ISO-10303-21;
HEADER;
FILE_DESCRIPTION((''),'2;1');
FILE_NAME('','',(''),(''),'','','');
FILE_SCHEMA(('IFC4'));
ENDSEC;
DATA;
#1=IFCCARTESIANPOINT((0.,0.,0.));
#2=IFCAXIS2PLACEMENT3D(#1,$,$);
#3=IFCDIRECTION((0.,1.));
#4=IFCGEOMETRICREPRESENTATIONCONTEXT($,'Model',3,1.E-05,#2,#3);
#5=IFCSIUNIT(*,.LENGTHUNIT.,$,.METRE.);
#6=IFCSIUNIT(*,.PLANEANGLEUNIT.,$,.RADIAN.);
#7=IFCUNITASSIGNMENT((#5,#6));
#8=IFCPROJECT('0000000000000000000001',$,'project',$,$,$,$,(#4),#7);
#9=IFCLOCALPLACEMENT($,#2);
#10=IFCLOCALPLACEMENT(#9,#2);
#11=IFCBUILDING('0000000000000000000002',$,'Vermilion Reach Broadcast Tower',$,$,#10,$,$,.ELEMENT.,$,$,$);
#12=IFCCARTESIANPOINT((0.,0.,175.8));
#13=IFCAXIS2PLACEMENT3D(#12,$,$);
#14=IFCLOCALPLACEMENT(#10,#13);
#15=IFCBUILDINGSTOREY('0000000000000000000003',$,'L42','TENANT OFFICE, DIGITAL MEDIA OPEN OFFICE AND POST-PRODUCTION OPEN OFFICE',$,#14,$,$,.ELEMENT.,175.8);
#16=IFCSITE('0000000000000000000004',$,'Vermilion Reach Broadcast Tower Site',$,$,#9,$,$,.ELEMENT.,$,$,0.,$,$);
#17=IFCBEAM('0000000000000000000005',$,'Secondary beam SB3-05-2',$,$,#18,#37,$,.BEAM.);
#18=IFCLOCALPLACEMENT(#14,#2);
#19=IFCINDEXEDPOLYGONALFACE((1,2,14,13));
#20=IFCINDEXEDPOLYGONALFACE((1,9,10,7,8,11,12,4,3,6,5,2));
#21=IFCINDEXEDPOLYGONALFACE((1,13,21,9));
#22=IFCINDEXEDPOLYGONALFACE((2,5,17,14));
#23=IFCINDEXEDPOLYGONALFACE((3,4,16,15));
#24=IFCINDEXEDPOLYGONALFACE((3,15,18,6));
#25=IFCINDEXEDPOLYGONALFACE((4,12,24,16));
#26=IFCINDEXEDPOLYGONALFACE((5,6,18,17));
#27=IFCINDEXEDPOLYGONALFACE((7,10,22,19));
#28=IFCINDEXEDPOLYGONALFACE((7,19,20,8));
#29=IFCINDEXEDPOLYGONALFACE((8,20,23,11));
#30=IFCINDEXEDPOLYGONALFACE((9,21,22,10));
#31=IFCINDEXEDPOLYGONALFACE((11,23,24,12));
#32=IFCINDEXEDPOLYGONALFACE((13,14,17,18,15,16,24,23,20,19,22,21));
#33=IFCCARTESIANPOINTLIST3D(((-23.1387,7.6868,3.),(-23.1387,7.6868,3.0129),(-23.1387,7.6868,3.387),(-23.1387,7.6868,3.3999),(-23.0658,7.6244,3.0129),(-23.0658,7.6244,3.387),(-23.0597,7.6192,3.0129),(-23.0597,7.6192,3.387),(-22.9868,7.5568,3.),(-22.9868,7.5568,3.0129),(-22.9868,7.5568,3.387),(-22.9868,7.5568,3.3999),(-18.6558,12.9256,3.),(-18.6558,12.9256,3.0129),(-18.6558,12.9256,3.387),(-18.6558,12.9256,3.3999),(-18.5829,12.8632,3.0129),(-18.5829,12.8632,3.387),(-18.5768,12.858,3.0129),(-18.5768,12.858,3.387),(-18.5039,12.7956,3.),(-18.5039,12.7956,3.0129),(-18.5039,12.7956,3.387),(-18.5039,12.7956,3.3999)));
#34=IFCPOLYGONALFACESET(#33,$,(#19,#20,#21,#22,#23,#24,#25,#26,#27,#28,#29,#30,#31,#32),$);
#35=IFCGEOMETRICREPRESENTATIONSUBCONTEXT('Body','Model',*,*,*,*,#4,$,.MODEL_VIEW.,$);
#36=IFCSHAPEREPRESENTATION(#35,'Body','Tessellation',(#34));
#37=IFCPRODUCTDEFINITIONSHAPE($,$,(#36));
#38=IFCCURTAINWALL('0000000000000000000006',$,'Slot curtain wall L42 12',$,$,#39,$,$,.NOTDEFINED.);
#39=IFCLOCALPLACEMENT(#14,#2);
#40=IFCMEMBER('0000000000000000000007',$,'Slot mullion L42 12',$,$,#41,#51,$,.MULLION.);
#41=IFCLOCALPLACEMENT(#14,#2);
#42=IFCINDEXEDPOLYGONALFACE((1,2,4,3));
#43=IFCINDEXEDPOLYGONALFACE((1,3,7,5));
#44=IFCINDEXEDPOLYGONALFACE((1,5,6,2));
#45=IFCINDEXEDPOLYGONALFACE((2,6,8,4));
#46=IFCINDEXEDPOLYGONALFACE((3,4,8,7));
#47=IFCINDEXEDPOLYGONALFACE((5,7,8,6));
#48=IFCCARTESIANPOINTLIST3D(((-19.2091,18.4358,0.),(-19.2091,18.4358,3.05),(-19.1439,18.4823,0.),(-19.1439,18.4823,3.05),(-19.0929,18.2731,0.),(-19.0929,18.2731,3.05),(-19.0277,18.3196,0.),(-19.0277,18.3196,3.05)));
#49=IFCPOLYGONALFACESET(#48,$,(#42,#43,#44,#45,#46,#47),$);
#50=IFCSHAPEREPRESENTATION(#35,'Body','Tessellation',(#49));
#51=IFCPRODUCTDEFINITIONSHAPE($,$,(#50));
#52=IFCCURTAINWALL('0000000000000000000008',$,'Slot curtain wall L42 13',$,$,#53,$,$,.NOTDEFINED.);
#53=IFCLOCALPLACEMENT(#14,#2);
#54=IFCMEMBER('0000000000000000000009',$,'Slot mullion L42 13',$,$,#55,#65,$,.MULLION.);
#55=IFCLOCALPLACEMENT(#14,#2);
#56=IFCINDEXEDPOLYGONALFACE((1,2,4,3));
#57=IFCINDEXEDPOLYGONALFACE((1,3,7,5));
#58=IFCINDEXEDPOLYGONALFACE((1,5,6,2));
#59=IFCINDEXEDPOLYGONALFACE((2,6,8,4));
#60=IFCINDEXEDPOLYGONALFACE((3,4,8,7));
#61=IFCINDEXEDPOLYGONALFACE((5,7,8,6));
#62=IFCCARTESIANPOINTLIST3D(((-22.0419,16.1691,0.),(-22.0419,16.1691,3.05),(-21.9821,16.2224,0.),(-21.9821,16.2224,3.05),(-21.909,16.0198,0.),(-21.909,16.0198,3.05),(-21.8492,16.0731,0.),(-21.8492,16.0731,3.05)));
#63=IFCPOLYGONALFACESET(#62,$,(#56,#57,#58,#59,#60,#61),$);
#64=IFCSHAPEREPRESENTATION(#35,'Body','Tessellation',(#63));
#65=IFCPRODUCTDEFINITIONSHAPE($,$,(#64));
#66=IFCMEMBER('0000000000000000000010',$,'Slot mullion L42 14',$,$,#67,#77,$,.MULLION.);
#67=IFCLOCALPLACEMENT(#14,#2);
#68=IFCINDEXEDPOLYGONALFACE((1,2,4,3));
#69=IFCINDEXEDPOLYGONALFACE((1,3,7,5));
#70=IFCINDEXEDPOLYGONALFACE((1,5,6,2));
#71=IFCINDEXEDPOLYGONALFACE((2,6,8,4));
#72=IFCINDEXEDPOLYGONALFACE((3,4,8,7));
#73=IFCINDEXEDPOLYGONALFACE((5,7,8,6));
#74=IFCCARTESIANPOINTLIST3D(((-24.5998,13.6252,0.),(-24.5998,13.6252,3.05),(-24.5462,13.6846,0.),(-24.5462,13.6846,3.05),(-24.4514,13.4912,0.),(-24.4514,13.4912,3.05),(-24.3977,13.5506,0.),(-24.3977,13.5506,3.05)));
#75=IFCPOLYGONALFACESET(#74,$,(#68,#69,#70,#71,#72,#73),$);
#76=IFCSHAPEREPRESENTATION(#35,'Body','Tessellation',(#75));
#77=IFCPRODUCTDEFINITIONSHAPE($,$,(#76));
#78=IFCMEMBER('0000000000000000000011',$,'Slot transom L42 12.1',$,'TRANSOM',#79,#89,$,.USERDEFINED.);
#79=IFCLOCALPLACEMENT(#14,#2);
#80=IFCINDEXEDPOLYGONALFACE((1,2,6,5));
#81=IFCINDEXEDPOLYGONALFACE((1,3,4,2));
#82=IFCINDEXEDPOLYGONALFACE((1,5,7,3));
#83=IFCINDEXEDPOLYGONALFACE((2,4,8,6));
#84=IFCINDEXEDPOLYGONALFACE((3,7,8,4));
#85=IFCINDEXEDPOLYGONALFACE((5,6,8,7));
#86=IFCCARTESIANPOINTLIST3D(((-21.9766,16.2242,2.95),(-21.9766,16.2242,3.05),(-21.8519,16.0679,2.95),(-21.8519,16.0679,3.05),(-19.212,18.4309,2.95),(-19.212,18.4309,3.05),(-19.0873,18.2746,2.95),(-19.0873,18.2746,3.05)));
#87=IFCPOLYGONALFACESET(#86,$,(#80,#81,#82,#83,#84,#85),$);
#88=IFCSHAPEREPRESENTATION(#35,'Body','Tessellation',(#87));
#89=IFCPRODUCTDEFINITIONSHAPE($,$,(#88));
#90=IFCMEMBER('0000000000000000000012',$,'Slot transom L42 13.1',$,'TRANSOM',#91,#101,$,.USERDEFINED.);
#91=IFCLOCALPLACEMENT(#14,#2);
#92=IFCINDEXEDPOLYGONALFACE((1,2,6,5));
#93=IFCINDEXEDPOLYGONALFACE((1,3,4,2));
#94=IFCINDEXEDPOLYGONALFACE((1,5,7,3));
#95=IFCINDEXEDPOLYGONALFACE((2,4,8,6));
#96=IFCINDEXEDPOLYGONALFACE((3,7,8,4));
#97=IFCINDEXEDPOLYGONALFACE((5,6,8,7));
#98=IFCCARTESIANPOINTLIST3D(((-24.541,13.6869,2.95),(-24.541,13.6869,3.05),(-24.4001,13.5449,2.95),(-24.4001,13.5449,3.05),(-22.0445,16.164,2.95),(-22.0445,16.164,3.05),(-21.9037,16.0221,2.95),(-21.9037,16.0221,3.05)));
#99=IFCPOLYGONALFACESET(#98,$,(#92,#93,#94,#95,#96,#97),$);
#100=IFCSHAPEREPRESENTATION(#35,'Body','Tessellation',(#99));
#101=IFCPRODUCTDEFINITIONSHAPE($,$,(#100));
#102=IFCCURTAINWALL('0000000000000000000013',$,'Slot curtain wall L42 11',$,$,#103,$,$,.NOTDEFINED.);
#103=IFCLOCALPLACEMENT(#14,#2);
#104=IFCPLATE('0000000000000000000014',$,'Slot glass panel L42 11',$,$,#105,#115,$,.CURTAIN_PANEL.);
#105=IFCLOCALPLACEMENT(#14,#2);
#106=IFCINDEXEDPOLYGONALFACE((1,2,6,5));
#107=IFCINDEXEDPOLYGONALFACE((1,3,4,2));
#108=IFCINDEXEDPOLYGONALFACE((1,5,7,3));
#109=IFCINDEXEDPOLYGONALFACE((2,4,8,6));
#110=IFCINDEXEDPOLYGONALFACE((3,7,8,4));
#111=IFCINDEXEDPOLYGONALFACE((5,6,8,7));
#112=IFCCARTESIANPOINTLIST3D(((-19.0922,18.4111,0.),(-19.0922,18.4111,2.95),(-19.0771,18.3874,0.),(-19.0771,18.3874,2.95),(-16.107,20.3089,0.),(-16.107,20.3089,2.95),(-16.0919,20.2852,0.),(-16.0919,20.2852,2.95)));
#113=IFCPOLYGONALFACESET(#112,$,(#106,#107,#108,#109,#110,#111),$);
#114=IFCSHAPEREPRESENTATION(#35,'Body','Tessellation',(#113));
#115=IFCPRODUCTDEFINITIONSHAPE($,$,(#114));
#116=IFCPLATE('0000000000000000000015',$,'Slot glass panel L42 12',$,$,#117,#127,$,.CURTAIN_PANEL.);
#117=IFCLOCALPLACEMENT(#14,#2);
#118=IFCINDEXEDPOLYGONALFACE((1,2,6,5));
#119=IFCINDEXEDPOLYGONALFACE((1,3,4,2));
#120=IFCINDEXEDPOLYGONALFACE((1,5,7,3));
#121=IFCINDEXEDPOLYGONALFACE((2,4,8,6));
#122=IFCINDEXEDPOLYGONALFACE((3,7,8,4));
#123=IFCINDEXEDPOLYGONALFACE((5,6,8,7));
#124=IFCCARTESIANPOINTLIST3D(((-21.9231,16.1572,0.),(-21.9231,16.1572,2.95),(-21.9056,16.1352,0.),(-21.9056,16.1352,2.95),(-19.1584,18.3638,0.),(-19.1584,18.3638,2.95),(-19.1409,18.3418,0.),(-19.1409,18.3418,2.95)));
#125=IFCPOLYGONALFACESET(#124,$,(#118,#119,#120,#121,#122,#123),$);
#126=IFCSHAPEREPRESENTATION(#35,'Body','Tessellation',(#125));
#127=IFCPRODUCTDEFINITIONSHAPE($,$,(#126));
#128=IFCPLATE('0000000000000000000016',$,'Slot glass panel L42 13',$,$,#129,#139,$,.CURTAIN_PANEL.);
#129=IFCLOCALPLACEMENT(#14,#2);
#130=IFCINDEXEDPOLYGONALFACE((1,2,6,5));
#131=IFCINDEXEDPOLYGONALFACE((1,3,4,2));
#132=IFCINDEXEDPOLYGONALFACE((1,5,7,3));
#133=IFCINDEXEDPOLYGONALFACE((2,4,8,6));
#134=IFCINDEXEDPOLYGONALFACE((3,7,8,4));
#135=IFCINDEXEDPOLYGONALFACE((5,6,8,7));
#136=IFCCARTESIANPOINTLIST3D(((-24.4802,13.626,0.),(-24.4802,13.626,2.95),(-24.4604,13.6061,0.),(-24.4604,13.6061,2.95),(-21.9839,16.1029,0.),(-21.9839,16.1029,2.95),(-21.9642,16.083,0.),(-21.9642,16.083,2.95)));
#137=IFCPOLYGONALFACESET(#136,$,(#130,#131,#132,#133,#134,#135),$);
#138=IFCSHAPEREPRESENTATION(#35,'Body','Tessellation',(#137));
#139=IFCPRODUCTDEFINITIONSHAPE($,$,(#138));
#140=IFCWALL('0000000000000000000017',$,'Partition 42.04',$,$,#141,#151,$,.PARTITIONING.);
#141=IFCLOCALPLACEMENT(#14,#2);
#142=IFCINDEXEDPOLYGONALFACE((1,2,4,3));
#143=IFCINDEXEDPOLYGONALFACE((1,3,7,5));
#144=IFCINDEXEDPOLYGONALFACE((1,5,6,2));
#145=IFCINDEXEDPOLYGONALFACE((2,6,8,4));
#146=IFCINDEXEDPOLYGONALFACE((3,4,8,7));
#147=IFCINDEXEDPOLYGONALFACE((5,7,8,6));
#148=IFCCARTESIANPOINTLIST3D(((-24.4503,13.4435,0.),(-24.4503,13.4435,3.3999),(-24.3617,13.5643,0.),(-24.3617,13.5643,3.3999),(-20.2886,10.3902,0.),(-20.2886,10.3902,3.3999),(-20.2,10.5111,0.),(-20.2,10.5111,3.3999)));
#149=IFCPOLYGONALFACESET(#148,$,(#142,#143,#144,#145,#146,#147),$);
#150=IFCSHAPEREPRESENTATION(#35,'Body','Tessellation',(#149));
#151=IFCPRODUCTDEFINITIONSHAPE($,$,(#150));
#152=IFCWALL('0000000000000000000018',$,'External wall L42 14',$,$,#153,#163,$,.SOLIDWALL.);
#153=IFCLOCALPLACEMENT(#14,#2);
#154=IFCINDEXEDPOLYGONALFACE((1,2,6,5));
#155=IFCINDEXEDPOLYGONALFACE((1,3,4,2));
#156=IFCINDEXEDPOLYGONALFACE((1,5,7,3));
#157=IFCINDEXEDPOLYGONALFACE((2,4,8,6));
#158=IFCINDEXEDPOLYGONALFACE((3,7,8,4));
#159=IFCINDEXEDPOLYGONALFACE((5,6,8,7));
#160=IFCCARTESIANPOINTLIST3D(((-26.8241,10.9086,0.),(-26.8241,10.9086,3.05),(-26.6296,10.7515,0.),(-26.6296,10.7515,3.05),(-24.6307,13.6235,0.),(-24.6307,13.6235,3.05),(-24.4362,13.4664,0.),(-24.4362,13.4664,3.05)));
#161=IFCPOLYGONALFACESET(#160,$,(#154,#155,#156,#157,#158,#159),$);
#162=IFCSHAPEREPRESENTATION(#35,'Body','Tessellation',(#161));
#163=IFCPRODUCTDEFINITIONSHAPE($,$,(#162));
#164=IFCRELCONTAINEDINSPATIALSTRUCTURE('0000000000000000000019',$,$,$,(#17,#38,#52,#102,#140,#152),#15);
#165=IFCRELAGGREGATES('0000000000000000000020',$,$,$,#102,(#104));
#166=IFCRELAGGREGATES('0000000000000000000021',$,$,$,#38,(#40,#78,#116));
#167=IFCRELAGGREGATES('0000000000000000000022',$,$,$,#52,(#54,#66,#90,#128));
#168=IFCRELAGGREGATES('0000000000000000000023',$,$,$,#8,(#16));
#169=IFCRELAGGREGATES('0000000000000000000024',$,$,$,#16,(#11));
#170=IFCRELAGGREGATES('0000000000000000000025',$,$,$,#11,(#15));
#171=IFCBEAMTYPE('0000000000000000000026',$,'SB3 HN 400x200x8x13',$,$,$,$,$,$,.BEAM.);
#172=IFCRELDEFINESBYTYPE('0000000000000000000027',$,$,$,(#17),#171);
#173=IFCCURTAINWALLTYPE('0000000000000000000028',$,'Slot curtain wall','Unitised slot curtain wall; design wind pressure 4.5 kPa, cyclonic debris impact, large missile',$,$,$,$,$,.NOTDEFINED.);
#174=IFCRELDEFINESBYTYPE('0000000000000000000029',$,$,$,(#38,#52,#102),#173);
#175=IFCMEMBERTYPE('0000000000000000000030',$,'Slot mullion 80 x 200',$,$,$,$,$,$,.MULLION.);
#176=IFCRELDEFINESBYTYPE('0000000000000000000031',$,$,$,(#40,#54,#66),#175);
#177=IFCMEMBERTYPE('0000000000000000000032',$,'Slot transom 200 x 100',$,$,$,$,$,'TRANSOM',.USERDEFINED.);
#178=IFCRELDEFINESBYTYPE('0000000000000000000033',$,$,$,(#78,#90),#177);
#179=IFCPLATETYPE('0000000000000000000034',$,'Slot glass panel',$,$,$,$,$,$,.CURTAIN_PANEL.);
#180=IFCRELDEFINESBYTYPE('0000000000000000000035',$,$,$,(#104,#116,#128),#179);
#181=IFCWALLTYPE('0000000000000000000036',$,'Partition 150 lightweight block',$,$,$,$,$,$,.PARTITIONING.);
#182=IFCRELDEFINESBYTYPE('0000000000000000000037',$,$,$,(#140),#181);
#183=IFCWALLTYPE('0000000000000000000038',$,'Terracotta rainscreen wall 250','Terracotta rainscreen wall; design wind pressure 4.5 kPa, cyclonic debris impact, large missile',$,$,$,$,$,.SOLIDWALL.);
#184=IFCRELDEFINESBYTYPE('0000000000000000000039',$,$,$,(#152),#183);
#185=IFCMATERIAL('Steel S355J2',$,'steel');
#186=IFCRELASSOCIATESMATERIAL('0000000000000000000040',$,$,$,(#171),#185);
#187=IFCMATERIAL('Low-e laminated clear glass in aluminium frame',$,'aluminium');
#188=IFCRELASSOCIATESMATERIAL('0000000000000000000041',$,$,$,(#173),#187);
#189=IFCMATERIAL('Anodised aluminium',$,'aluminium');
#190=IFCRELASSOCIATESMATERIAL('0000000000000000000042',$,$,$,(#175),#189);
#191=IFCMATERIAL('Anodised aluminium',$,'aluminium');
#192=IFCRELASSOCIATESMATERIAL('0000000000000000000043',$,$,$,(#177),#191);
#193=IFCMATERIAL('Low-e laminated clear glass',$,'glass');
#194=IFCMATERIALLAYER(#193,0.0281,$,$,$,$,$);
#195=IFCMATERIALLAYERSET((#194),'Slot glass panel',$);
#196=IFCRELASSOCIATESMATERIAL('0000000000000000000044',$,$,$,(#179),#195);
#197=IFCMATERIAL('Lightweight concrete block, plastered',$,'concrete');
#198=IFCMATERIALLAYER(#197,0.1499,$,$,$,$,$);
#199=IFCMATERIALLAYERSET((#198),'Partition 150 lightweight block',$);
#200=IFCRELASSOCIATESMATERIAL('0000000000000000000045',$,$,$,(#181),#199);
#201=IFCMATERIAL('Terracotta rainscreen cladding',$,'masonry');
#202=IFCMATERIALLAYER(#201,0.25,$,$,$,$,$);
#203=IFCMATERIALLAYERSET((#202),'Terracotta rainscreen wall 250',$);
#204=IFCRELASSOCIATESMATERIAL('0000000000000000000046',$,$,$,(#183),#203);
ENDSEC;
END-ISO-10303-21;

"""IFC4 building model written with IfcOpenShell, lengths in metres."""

from ifc_helpers import new_model, si_unit, direction, frame, frame_2d, origin, origin_2d, place, context, subcontext, project, spatial, rectangle, i_section, extrude, material, layer, layer_set, material_profile, profile_set, type_object, element, aggregate, save


model = new_model("IFC4")

# Units and contexts
model_context = context("Model", 3, precision=1e-05, world=origin(), true_north=direction((0.0, 1.0)))
body_context = subcontext(model_context, "Body", "Model", "MODEL_VIEW")
ifc_project = project(units=[si_unit("LENGTHUNIT", "METRE"), si_unit("PLANEANGLEUNIT", "RADIAN")], contexts=[model_context])

# Site, building, storey
site_placement = place(None, origin())
site = spatial("IfcSite", under=ifc_project, at=site_placement, Name="Vermilion Reach Broadcast Tower Site", CompositionType="ELEMENT", RefElevation=0.0)
building_placement = place(site_placement, origin())
building = spatial("IfcBuilding", under=site, at=building_placement, Name="Vermilion Reach Broadcast Tower", CompositionType="ELEMENT")
storey_placement = place(building_placement, frame((0.0, 0.0, 175.8)))
storey = spatial("IfcBuildingStorey", under=building, at=storey_placement, Name="L42", Description="TENANT OFFICE, DIGITAL MEDIA OPEN OFFICE AND POST-PRODUCTION OPEN OFFICE", CompositionType="ELEMENT", Elevation=175.8)

# Beam
ifc_material_1 = material(Name="Steel S355J2", Category="steel")
ifc_material_profile_1 = material_profile(ifc_material_1, i_section(OverallWidth=0.2, OverallDepth=0.3999, WebThickness=0.0081, FlangeThickness=0.0129, at=origin_2d()), Name="S355J2 HN 400x200x8x13")
ifc_profile_set_1 = profile_set([ifc_material_profile_1], Name="Steel S355J2")
beam_type_1 = type_object("IfcBeamType", Name="SB3 HN 400x200x8x13", PredefinedType="BEAM", material=ifc_profile_set_1)
beam_1_placement = place(storey_placement, frame((-18.5798, 12.8606, 3.2), z_axis=(-0.650167, -0.759791, 0.0), x_axis=(0.759791, -0.650167, 0.0)))
element("IfcBeam", 1, at=beam_1_placement, inside=storey, type_object=beam_type_1, Name="Secondary beam SB3-05-2", PredefinedType="BEAM", context=body_context, shape_type="SweptSolid", body=[
    extrude(i_section(OverallWidth=0.2, OverallDepth=0.3999, WebThickness=0.0081, FlangeThickness=0.0129, at=origin_2d()), origin(), (0.0, 0.0, 1.0), 6.895),
])

# Curtain wall, member
ifc_material_2 = material(Name="Low-e laminated clear glass in aluminium frame", Category="aluminium")
curtain_wall_type = type_object("IfcCurtainWallType", Name="Slot curtain wall", Description="Unitised slot curtain wall; design wind pressure 4.5 kPa, cyclonic debris impact, large missile", PredefinedType="NOTDEFINED", material=ifc_material_2)
placement = place(storey_placement, origin())
curtain_wall_1 = element("IfcCurtainWall", 2, at=placement, inside=storey, type_object=curtain_wall_type, Name="Slot curtain wall L42 12", PredefinedType="NOTDEFINED")
ifc_material_3 = material(Name="Anodised aluminium", Category="aluminium")
ifc_material_profile_2 = material_profile(ifc_material_3, rectangle(XDim=0.2, YDim=0.0801, at=origin_2d()), Name="Slot mullion 80 x 200")
ifc_profile_set_2 = profile_set([ifc_material_profile_2], Name="Anodised aluminium")
member_type_1 = type_object("IfcMemberType", Name="Slot mullion 80 x 200", PredefinedType="MULLION", material=ifc_profile_set_2)
member_1_placement = place(storey_placement, frame((-19.1184, 18.3777, 0.0), z_axis=(0.0, 0.0, 1.0), x_axis=(0.580987, -0.813913, 0.0)))
member_1 = element("IfcMember", 3, at=member_1_placement, type_object=member_type_1, Name="Slot mullion L42 12", PredefinedType="MULLION", context=body_context, shape_type="SweptSolid", body=[
    extrude(rectangle(XDim=0.2, YDim=0.0801, at=origin_2d()), origin(), (0.0, 0.0, 1.0), 3.05),
])

# Curtain wall, members
curtain_wall_2 = element("IfcCurtainWall", 4, at=placement, inside=storey, type_object=curtain_wall_type, Name="Slot curtain wall L42 13", PredefinedType="NOTDEFINED")
member_2_placement = place(storey_placement, frame((-21.9456, 16.1211, 0.0), z_axis=(0.0, 0.0, 1.0), x_axis=(0.665047, -0.746801, 0.0)))
member_2 = element("IfcMember", 5, at=member_2_placement, type_object=member_type_1, Name="Slot mullion L42 13", PredefinedType="MULLION", context=body_context, shape_type="SweptSolid", body=[
    extrude(rectangle(XDim=0.2, YDim=0.0801, at=origin_2d()), origin(), (0.0, 0.0, 1.0), 3.05),
])
member_3_placement = place(storey_placement, frame((-24.4988, 13.5879, 0.0), z_axis=(0.0, 0.0, 1.0), x_axis=(0.742222, -0.670155, 0.0)))
member_3 = element("IfcMember", 6, at=member_3_placement, type_object=member_type_1, Name="Slot mullion L42 14", PredefinedType="MULLION", context=body_context, shape_type="SweptSolid", body=[
    extrude(rectangle(XDim=0.2, YDim=0.0801, at=origin_2d()), origin(), (0.0, 0.0, 1.0), 3.05),
])

# Members
ifc_material_4 = material(Name="Anodised aluminium", Category="aluminium")
ifc_material_profile_3 = material_profile(ifc_material_4, rectangle(XDim=0.2, YDim=0.1001, at=origin_2d()), Name="Slot transom 200 x 100")
ifc_profile_set_3 = profile_set([ifc_material_profile_3], Name="Anodised aluminium")
member_type_2 = type_object("IfcMemberType", Name="Slot transom 200 x 100", ElementType="TRANSOM", PredefinedType="USERDEFINED", material=ifc_profile_set_3)
member_4_placement = place(storey_placement, frame((-19.1497, 18.3528, 3.0), z_axis=(-0.781548, -0.623845, 0.0), x_axis=(0.623845, -0.781548, 0.0)))
member_4 = element("IfcMember", 7, at=member_4_placement, type_object=member_type_2, Name="Slot transom L42 12.1", ObjectType="TRANSOM", PredefinedType="USERDEFINED", context=body_context, shape_type="SweptSolid", body=[
    extrude(rectangle(XDim=0.2, YDim=0.1001, at=origin_2d()), origin(), (0.0, 0.0, 1.0), 3.5374),
])
member_5_placement = place(storey_placement, frame((-21.9741, 16.093, 3.0), z_axis=(-0.709844, -0.704359, 0.0), x_axis=(0.704359, -0.709844, 0.0)))
member_5 = element("IfcMember", 8, at=member_5_placement, type_object=member_type_2, Name="Slot transom L42 13.1", ObjectType="TRANSOM", PredefinedType="USERDEFINED", context=body_context, shape_type="SweptSolid", body=[
    extrude(rectangle(XDim=0.2, YDim=0.1001, at=origin_2d()), origin(), (0.0, 0.0, 1.0), 3.5168),
])

# Curtain wall, plate
curtain_wall_3 = element("IfcCurtainWall", 9, at=placement, inside=storey, type_object=curtain_wall_type, Name="Slot curtain wall L42 11", PredefinedType="NOTDEFINED")
ifc_material_5 = material(Name="Low-e laminated clear glass", Category="glass")
ifc_layer_1 = layer(ifc_material_5, 0.0281)
ifc_layer_set_1 = layer_set([ifc_layer_1], Name="Slot glass panel")
plate_type = type_object("IfcPlateType", Name="Slot glass panel", PredefinedType="CURTAIN_PANEL", material=ifc_layer_set_1)
plate_1_placement = place(storey_placement, frame((-17.592, 19.3481, 0.0), z_axis=(0.0, 0.0, 1.0), x_axis=(-0.8439, -0.5365, 0.0)))
plate_1 = element("IfcPlate", 10, at=plate_1_placement, type_object=plate_type, Name="Slot glass panel L42 11", PredefinedType="CURTAIN_PANEL", context=body_context, shape_type="SweptSolid", body=[
    extrude(rectangle(XDim=3.5374, YDim=0.0281, at=origin_2d()), origin(), (0.0, 0.0, 1.0), 2.95),
])
aggregate(curtain_wall_3, [plate_1])

# Plates
plate_2_placement = place(storey_placement, frame((-20.532, 17.2495, 0.0), z_axis=(0.0, 0.0, 1.0), x_axis=(-0.781582, -0.623802, 0.0)))
plate_2 = element("IfcPlate", 11, at=plate_2_placement, type_object=plate_type, Name="Slot glass panel L42 12", PredefinedType="CURTAIN_PANEL", context=body_context, shape_type="SweptSolid", body=[
    extrude(rectangle(XDim=3.5374, YDim=0.0281, at=origin_2d()), origin(), (0.0, 0.0, 1.0), 2.95),
])
aggregate(curtain_wall_1, [member_1, member_4, plate_2])
plate_3_placement = place(storey_placement, frame((-23.2222, 14.8545, 0.0), z_axis=(0.0, 0.0, 1.0), x_axis=(-0.709847, -0.704356, 0.0)))
plate_3 = element("IfcPlate", 12, at=plate_3_placement, type_object=plate_type, Name="Slot glass panel L42 13", PredefinedType="CURTAIN_PANEL", context=body_context, shape_type="SweptSolid", body=[
    extrude(rectangle(XDim=3.5166, YDim=0.0281, at=origin_2d()), origin(), (0.0, 0.0, 1.0), 2.95),
])
aggregate(curtain_wall_2, [member_2, member_3, member_5, plate_3])

# Walls
ifc_material_6 = material(Name="Lightweight concrete block, plastered", Category="concrete")
ifc_layer_2 = layer(ifc_material_6, 0.1499)
ifc_layer_set_2 = layer_set([ifc_layer_2], Name="Partition 150 lightweight block")
wall_type_1 = type_object("IfcWallType", Name="Partition 150 lightweight block", PredefinedType="PARTITIONING", material=ifc_layer_set_2)
wall_1_placement = place(storey_placement, frame((-24.406, 13.5039, 0.0), z_axis=(0.0, 0.0, 1.0), x_axis=(0.806279, -0.591536, 0.0)))
element("IfcWall", 13, at=wall_1_placement, inside=storey, type_object=wall_type_1, Name="Partition 42.04", PredefinedType="PARTITIONING", context=body_context, shape_type="SweptSolid", body=[
    extrude(rectangle(XDim=5.1616, YDim=0.1499, at=frame_2d((2.5808, 0.0))), origin(), (0.0, 0.0, 1.0), 3.3999),
])
ifc_material_7 = material(Name="Terracotta rainscreen cladding", Category="masonry")
ifc_layer_3 = layer(ifc_material_7, 0.25)
ifc_layer_set_3 = layer_set([ifc_layer_3], Name="Terracotta rainscreen wall 250")
wall_type_2 = type_object("IfcWallType", Name="Terracotta rainscreen wall 250", Description="Terracotta rainscreen wall; design wind pressure 4.5 kPa, cyclonic debris impact, large missile", PredefinedType="SOLIDWALL", material=ifc_layer_set_3)
wall_2_placement = place(storey_placement, frame((-24.5334, 13.5449, 0.0), z_axis=(0.0, 0.0, 1.0), x_axis=(-0.628441, -0.777857, 0.0)))
element("IfcWall", 14, at=wall_2_placement, inside=storey, type_object=wall_type_2, Name="External wall L42 14", PredefinedType="SOLIDWALL", context=body_context, shape_type="SweptSolid", body=[
    extrude(rectangle(XDim=3.4902, YDim=0.25, at=frame_2d((1.7451, 0.0))), origin(), (0.0, 0.0, 1.0), 3.05),
])

save(model, "model.ifc")
